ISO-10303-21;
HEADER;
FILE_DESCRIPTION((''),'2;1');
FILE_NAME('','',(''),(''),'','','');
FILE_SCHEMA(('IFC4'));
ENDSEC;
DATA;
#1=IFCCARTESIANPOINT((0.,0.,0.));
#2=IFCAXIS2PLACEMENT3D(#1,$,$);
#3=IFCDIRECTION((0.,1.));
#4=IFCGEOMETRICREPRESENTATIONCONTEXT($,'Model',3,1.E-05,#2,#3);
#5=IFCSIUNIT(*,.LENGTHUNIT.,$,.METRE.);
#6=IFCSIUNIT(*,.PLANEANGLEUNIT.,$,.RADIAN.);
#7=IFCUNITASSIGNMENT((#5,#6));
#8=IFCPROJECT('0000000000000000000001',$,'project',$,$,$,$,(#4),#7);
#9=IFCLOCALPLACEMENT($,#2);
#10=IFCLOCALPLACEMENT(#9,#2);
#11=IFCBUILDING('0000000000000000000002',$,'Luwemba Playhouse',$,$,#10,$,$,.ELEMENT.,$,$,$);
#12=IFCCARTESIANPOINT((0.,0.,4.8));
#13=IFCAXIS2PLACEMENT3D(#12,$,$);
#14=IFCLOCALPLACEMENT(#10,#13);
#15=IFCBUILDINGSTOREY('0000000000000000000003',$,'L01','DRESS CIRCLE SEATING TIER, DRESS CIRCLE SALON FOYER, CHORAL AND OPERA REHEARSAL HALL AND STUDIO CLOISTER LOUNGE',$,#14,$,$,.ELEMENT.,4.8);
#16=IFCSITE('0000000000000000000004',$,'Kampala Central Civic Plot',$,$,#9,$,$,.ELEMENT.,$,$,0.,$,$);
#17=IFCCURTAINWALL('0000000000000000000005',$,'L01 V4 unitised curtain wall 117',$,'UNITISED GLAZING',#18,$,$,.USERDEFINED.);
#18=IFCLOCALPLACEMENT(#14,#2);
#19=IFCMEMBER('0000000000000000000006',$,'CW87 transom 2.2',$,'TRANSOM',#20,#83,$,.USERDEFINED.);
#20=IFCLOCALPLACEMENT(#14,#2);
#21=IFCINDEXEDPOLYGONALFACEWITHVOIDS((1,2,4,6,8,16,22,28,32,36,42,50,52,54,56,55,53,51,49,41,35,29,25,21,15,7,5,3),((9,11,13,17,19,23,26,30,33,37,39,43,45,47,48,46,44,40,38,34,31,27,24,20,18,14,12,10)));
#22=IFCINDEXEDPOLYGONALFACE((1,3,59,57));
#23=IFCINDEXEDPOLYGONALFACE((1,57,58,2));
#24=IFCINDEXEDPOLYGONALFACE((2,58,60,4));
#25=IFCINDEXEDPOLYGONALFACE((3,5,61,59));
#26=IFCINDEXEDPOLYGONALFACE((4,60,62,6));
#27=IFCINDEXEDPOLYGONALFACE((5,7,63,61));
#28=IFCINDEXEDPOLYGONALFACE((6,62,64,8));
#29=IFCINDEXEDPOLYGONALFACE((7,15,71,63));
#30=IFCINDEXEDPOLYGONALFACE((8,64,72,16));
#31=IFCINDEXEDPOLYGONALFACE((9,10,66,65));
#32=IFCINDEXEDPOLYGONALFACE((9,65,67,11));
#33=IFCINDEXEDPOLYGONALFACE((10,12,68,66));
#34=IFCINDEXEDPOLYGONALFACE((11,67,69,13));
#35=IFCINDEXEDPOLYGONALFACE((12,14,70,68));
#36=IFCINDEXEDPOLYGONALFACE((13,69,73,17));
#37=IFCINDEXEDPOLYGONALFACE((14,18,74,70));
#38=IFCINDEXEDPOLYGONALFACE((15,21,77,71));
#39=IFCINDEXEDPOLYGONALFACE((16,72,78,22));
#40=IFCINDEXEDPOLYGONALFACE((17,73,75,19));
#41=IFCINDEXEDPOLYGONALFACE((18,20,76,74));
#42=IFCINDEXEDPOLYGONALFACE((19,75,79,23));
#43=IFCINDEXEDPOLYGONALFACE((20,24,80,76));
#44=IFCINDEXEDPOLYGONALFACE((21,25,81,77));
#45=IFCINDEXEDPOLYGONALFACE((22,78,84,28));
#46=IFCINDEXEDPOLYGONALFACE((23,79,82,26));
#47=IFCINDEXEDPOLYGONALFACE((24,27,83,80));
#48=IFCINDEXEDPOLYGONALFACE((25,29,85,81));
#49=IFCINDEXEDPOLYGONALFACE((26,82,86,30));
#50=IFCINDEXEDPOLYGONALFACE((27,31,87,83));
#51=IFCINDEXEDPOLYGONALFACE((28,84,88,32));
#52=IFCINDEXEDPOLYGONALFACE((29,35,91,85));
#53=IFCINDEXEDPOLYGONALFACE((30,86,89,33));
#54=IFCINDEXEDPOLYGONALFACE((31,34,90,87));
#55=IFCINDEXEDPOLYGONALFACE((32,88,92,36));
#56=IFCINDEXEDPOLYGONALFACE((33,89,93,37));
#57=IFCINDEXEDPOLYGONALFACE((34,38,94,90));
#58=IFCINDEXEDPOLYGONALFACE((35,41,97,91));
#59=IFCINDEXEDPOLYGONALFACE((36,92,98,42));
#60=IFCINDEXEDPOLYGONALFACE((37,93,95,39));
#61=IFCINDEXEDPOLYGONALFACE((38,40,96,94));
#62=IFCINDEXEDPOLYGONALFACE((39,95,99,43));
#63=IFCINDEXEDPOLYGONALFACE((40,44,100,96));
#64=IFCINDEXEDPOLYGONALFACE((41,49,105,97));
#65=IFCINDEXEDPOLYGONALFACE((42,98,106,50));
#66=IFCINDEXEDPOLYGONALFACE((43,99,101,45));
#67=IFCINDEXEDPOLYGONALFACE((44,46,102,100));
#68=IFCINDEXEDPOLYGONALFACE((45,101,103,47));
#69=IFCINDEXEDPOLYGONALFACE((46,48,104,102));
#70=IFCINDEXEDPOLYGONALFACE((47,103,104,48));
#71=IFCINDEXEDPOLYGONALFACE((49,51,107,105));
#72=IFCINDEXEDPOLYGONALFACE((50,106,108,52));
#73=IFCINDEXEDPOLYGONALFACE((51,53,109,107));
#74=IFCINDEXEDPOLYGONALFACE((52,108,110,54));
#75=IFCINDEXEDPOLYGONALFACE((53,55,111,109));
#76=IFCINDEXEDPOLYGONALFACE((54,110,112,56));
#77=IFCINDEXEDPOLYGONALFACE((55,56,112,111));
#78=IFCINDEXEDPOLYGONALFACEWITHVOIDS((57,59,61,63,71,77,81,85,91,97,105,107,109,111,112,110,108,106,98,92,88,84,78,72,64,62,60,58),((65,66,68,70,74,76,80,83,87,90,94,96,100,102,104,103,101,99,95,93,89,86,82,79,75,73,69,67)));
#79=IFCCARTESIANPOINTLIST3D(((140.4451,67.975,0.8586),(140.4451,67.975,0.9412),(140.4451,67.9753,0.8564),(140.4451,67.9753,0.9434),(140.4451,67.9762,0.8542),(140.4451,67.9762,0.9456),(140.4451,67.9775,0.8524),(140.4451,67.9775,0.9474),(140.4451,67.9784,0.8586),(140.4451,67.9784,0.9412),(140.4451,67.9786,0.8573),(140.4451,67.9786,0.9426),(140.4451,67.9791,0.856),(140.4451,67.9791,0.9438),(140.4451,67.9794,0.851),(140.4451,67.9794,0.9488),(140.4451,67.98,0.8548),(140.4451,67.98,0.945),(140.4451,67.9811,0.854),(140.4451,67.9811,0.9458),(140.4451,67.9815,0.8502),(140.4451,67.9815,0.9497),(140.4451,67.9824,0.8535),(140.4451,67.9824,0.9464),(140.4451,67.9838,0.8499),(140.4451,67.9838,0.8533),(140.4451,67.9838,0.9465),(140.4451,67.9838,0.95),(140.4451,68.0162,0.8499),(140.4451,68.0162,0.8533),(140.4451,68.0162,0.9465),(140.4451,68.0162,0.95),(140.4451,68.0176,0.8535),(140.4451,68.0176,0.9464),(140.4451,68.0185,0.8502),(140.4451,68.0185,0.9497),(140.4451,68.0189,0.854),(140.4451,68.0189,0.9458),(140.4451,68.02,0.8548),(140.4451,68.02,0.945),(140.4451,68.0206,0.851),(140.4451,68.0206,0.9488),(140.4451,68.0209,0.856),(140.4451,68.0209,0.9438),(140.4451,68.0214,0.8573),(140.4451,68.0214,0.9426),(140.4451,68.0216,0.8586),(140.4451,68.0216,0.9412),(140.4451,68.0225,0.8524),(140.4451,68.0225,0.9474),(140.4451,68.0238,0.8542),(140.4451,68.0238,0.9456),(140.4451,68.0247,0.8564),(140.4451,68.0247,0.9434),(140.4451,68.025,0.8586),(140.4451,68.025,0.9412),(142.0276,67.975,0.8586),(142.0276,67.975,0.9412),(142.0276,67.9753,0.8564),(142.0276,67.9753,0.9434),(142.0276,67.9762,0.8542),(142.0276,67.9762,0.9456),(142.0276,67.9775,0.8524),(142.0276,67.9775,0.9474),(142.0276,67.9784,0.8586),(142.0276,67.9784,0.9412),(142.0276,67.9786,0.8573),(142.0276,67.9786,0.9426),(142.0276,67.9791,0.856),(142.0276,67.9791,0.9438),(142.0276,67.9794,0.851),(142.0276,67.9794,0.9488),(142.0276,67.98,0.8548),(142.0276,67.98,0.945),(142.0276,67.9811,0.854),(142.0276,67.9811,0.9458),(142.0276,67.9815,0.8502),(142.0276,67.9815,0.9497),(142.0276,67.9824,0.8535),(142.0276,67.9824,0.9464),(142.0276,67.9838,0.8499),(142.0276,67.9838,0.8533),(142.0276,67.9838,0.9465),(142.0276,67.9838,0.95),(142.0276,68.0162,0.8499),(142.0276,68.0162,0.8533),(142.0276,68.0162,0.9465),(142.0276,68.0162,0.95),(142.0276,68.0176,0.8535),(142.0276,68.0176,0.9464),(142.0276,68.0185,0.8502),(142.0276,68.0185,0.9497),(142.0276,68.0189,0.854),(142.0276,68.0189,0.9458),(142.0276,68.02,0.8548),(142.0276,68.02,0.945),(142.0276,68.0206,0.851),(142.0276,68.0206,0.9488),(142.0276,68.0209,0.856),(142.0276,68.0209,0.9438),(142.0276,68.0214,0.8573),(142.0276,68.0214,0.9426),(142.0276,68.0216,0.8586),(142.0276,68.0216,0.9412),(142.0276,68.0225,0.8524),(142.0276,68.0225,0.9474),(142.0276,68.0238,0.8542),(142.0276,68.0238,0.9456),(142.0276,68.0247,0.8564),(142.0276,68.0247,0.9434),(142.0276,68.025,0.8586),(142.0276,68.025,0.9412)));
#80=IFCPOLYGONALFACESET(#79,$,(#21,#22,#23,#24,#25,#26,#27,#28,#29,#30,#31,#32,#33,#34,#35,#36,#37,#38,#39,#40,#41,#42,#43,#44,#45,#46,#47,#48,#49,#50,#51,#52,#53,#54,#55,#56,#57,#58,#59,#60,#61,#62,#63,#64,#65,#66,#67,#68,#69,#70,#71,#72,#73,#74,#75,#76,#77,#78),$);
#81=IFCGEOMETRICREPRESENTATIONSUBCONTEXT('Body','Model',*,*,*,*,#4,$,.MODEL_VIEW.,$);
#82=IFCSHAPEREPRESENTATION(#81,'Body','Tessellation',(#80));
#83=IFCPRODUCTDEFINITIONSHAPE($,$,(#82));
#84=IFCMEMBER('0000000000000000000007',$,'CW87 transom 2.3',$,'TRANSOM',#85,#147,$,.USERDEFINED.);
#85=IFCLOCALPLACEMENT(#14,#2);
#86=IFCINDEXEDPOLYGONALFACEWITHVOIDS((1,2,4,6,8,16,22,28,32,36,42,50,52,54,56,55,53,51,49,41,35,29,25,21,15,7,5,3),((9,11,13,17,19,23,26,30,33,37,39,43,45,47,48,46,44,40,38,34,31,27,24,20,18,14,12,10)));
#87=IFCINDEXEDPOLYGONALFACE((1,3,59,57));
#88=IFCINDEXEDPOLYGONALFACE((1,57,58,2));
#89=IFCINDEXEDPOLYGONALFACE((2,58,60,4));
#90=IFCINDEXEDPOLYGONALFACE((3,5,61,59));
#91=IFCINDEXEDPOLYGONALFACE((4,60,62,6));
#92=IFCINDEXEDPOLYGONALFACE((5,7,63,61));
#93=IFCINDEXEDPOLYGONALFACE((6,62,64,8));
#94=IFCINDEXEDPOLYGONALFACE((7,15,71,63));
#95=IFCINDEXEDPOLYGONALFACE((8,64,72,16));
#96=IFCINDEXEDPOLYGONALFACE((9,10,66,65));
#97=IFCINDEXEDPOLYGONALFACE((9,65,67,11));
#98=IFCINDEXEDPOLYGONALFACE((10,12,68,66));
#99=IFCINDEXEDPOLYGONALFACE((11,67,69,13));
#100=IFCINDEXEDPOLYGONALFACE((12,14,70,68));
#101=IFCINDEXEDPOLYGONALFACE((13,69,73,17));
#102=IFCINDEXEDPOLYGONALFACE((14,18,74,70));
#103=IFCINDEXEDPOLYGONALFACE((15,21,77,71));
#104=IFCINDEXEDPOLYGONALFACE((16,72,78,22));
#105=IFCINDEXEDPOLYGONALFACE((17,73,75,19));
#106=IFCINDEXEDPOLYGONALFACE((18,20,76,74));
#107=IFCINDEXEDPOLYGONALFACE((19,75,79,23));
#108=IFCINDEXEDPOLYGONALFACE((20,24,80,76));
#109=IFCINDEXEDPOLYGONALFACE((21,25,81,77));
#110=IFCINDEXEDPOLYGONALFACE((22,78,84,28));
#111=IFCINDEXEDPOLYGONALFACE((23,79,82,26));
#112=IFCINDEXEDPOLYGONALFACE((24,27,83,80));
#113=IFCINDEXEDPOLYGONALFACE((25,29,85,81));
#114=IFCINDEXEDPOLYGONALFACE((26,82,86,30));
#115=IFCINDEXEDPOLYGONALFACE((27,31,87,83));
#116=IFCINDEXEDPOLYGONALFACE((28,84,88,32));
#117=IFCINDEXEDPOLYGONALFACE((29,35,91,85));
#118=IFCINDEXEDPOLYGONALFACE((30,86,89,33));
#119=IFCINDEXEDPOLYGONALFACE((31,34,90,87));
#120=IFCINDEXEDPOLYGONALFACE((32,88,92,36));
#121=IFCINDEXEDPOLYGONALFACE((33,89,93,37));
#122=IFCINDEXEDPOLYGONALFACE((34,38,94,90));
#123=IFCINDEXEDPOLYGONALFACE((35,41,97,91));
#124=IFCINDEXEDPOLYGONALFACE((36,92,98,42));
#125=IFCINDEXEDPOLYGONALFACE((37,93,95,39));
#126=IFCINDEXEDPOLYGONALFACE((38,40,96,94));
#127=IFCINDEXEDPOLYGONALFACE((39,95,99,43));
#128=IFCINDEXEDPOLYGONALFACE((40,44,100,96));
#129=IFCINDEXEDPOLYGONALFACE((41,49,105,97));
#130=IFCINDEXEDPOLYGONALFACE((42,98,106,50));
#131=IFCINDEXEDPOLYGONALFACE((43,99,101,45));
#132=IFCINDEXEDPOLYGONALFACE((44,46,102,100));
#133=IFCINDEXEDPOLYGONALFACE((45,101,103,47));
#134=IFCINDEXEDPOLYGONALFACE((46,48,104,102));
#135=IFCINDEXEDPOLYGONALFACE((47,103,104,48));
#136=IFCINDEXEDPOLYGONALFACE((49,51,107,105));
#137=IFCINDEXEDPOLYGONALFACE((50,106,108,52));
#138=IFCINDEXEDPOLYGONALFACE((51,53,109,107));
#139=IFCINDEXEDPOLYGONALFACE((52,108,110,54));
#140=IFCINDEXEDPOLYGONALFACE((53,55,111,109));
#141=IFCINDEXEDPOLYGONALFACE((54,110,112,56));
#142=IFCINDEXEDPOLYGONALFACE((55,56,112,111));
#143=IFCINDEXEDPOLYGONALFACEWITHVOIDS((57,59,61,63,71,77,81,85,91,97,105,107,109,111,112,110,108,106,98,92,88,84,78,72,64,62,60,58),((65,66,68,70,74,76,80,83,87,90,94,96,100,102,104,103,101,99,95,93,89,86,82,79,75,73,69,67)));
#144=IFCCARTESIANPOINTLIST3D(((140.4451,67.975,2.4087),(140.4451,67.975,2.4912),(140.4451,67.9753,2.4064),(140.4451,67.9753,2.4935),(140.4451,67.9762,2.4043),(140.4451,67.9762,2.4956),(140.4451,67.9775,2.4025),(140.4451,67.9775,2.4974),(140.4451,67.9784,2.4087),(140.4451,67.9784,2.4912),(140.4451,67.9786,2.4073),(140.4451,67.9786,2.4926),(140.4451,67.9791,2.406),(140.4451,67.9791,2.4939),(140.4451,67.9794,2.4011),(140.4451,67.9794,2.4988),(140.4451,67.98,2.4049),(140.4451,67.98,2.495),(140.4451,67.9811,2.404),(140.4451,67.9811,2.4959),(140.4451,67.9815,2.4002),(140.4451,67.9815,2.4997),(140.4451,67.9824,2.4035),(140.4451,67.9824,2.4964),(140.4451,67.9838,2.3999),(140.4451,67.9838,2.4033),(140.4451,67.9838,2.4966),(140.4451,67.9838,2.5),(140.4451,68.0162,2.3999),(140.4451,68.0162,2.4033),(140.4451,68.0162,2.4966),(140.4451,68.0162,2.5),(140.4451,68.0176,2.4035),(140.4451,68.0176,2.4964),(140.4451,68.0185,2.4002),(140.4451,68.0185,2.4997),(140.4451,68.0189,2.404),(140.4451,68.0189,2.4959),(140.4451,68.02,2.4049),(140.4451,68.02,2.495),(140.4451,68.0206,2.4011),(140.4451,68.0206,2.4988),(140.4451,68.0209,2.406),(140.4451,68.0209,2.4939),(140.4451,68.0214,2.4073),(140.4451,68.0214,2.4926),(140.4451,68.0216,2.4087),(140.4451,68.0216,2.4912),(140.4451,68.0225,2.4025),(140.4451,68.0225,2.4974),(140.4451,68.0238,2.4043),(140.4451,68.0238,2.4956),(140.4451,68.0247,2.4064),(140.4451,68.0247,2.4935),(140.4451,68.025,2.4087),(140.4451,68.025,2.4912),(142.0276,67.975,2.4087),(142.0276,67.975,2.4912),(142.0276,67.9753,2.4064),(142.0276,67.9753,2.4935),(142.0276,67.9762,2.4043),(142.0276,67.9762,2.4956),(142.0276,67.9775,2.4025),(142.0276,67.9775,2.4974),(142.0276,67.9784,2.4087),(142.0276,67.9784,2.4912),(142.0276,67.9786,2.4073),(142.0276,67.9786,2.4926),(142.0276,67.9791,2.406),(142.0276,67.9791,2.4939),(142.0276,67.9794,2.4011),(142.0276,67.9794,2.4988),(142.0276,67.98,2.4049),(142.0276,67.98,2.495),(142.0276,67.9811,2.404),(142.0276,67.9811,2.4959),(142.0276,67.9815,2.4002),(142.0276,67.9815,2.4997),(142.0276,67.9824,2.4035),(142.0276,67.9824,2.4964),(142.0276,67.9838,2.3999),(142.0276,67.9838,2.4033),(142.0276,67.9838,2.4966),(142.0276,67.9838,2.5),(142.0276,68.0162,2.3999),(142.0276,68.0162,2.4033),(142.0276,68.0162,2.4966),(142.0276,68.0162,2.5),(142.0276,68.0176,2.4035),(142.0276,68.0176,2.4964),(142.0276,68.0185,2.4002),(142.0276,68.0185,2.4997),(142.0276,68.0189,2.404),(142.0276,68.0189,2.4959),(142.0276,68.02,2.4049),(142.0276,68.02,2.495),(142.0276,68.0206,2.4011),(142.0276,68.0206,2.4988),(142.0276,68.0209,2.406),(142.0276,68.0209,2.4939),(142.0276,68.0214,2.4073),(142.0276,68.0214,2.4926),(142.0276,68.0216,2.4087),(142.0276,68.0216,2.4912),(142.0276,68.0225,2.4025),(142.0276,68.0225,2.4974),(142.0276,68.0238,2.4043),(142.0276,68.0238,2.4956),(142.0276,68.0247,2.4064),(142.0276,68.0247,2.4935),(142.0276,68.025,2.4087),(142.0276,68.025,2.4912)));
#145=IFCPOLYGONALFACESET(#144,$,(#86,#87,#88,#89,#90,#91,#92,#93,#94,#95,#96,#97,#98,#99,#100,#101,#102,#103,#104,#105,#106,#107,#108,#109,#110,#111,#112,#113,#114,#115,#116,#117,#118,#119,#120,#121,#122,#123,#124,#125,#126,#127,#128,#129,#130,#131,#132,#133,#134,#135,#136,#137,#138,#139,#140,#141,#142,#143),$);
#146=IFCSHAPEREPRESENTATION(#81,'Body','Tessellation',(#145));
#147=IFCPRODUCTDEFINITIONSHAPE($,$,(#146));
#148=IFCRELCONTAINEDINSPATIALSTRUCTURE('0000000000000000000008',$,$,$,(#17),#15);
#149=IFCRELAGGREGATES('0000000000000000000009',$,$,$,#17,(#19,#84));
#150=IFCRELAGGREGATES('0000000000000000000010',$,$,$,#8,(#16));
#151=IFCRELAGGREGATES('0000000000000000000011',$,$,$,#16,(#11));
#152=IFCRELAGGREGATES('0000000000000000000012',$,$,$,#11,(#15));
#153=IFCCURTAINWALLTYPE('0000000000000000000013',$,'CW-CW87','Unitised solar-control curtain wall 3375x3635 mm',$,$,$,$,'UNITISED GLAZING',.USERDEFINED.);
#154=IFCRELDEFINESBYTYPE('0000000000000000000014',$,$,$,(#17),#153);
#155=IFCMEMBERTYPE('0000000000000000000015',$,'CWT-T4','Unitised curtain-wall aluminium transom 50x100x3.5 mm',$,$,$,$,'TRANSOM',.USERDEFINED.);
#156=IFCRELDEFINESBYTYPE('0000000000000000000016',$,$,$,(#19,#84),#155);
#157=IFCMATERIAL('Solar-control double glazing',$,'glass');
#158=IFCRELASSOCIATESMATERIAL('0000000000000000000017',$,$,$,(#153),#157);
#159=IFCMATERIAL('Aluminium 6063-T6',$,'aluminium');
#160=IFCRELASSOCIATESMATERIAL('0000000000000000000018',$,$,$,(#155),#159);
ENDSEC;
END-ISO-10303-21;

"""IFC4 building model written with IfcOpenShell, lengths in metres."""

from ifc_helpers import new_model, si_unit, direction, frame, origin, origin_2d, place, context, subcontext, project, spatial, hollow_rectangle, extrude, material, material_profile, profile_set, type_object, element, aggregate, save


model = new_model("IFC4")

# Units and contexts
model_context = context("Model", 3, precision=1e-05, world=origin(), true_north=direction((0.0, 1.0)))
body_context = subcontext(model_context, "Body", "Model", "MODEL_VIEW")
ifc_project = project(units=[si_unit("LENGTHUNIT", "METRE"), si_unit("PLANEANGLEUNIT", "RADIAN")], contexts=[model_context])

# Site, building, storey
site_placement = place(None, origin())
site = spatial("IfcSite", under=ifc_project, at=site_placement, Name="Kampala Central Civic Plot", CompositionType="ELEMENT", RefElevation=0.0)
building_placement = place(site_placement, origin())
building = spatial("IfcBuilding", under=site, at=building_placement, Name="Luwemba Playhouse", CompositionType="ELEMENT")
storey_placement = place(building_placement, frame((0.0, 0.0, 4.8)))
storey = spatial("IfcBuildingStorey", under=building, at=storey_placement, Name="L01", Description="DRESS CIRCLE SEATING TIER, DRESS CIRCLE SALON FOYER, CHORAL AND OPERA REHEARSAL HALL AND STUDIO CLOISTER LOUNGE", CompositionType="ELEMENT", Elevation=4.8)

# Shared definitions
ifc_material_1 = material(Name="Solar-control double glazing", Category="glass")
ifc_material_2 = material(Name="Aluminium 6063-T6", Category="aluminium")

# Curtain wall
curtain_wall_type_1 = type_object("IfcCurtainWallType", Name="CW-CW87", Description="Unitised solar-control curtain wall 3375x3635 mm", ElementType="UNITISED GLAZING", PredefinedType="USERDEFINED", material=ifc_material_1)
curtain_wall_1_placement = place(storey_placement, origin())
curtain_wall_1 = element("IfcCurtainWall", 1, at=curtain_wall_1_placement, inside=storey, type_object=curtain_wall_type_1, Name="L01 V4 unitised curtain wall 117", ObjectType="UNITISED GLAZING", PredefinedType="USERDEFINED")

# Members
ifc_material_profile_1 = material_profile(ifc_material_2, hollow_rectangle(XDim=0.05, YDim=0.1001, WallThickness=0.0034, InnerFilletRadius=0.0054, OuterFilletRadius=0.0088, at=origin_2d()))
ifc_profile_set_1 = profile_set([ifc_material_profile_1], Name="Aluminium 6063-T6")
member_type_1 = type_object("IfcMemberType", Name="CWT-T4", Description="Unitised curtain-wall aluminium transom 50x100x3.5 mm", ElementType="TRANSOM", PredefinedType="USERDEFINED", material=ifc_profile_set_1)
member_1_placement = place(storey_placement, frame((142.0276, 68.0, 0.8999), z_axis=(-1.0, 0.0, 0.0), x_axis=(0.0, -1.0, 0.0)))
member_1 = element("IfcMember", 2, at=member_1_placement, type_object=member_type_1, Name="CW87 transom 2.2", ObjectType="TRANSOM", PredefinedType="USERDEFINED", context=body_context, shape_type="SweptSolid", body=[
    extrude(hollow_rectangle(XDim=0.05, YDim=0.1001, WallThickness=0.0034, InnerFilletRadius=0.0054, OuterFilletRadius=0.0088, at=origin_2d()), origin(), (0.0, 0.0, 1.0), 1.5825),
])
member_2_placement = place(storey_placement, frame((142.0276, 68.0, 2.45), z_axis=(-1.0, 0.0, 0.0), x_axis=(0.0, -1.0, 0.0)))
member_2 = element("IfcMember", 3, at=member_2_placement, type_object=member_type_1, Name="CW87 transom 2.3", ObjectType="TRANSOM", PredefinedType="USERDEFINED", context=body_context, shape_type="SweptSolid", body=[
    extrude(hollow_rectangle(XDim=0.05, YDim=0.1001, WallThickness=0.0034, InnerFilletRadius=0.0054, OuterFilletRadius=0.0088, at=origin_2d()), origin(), (0.0, 0.0, 1.0), 1.5825),
])

aggregate(curtain_wall_1, [member_1, member_2])

save(model, "model.ifc")
